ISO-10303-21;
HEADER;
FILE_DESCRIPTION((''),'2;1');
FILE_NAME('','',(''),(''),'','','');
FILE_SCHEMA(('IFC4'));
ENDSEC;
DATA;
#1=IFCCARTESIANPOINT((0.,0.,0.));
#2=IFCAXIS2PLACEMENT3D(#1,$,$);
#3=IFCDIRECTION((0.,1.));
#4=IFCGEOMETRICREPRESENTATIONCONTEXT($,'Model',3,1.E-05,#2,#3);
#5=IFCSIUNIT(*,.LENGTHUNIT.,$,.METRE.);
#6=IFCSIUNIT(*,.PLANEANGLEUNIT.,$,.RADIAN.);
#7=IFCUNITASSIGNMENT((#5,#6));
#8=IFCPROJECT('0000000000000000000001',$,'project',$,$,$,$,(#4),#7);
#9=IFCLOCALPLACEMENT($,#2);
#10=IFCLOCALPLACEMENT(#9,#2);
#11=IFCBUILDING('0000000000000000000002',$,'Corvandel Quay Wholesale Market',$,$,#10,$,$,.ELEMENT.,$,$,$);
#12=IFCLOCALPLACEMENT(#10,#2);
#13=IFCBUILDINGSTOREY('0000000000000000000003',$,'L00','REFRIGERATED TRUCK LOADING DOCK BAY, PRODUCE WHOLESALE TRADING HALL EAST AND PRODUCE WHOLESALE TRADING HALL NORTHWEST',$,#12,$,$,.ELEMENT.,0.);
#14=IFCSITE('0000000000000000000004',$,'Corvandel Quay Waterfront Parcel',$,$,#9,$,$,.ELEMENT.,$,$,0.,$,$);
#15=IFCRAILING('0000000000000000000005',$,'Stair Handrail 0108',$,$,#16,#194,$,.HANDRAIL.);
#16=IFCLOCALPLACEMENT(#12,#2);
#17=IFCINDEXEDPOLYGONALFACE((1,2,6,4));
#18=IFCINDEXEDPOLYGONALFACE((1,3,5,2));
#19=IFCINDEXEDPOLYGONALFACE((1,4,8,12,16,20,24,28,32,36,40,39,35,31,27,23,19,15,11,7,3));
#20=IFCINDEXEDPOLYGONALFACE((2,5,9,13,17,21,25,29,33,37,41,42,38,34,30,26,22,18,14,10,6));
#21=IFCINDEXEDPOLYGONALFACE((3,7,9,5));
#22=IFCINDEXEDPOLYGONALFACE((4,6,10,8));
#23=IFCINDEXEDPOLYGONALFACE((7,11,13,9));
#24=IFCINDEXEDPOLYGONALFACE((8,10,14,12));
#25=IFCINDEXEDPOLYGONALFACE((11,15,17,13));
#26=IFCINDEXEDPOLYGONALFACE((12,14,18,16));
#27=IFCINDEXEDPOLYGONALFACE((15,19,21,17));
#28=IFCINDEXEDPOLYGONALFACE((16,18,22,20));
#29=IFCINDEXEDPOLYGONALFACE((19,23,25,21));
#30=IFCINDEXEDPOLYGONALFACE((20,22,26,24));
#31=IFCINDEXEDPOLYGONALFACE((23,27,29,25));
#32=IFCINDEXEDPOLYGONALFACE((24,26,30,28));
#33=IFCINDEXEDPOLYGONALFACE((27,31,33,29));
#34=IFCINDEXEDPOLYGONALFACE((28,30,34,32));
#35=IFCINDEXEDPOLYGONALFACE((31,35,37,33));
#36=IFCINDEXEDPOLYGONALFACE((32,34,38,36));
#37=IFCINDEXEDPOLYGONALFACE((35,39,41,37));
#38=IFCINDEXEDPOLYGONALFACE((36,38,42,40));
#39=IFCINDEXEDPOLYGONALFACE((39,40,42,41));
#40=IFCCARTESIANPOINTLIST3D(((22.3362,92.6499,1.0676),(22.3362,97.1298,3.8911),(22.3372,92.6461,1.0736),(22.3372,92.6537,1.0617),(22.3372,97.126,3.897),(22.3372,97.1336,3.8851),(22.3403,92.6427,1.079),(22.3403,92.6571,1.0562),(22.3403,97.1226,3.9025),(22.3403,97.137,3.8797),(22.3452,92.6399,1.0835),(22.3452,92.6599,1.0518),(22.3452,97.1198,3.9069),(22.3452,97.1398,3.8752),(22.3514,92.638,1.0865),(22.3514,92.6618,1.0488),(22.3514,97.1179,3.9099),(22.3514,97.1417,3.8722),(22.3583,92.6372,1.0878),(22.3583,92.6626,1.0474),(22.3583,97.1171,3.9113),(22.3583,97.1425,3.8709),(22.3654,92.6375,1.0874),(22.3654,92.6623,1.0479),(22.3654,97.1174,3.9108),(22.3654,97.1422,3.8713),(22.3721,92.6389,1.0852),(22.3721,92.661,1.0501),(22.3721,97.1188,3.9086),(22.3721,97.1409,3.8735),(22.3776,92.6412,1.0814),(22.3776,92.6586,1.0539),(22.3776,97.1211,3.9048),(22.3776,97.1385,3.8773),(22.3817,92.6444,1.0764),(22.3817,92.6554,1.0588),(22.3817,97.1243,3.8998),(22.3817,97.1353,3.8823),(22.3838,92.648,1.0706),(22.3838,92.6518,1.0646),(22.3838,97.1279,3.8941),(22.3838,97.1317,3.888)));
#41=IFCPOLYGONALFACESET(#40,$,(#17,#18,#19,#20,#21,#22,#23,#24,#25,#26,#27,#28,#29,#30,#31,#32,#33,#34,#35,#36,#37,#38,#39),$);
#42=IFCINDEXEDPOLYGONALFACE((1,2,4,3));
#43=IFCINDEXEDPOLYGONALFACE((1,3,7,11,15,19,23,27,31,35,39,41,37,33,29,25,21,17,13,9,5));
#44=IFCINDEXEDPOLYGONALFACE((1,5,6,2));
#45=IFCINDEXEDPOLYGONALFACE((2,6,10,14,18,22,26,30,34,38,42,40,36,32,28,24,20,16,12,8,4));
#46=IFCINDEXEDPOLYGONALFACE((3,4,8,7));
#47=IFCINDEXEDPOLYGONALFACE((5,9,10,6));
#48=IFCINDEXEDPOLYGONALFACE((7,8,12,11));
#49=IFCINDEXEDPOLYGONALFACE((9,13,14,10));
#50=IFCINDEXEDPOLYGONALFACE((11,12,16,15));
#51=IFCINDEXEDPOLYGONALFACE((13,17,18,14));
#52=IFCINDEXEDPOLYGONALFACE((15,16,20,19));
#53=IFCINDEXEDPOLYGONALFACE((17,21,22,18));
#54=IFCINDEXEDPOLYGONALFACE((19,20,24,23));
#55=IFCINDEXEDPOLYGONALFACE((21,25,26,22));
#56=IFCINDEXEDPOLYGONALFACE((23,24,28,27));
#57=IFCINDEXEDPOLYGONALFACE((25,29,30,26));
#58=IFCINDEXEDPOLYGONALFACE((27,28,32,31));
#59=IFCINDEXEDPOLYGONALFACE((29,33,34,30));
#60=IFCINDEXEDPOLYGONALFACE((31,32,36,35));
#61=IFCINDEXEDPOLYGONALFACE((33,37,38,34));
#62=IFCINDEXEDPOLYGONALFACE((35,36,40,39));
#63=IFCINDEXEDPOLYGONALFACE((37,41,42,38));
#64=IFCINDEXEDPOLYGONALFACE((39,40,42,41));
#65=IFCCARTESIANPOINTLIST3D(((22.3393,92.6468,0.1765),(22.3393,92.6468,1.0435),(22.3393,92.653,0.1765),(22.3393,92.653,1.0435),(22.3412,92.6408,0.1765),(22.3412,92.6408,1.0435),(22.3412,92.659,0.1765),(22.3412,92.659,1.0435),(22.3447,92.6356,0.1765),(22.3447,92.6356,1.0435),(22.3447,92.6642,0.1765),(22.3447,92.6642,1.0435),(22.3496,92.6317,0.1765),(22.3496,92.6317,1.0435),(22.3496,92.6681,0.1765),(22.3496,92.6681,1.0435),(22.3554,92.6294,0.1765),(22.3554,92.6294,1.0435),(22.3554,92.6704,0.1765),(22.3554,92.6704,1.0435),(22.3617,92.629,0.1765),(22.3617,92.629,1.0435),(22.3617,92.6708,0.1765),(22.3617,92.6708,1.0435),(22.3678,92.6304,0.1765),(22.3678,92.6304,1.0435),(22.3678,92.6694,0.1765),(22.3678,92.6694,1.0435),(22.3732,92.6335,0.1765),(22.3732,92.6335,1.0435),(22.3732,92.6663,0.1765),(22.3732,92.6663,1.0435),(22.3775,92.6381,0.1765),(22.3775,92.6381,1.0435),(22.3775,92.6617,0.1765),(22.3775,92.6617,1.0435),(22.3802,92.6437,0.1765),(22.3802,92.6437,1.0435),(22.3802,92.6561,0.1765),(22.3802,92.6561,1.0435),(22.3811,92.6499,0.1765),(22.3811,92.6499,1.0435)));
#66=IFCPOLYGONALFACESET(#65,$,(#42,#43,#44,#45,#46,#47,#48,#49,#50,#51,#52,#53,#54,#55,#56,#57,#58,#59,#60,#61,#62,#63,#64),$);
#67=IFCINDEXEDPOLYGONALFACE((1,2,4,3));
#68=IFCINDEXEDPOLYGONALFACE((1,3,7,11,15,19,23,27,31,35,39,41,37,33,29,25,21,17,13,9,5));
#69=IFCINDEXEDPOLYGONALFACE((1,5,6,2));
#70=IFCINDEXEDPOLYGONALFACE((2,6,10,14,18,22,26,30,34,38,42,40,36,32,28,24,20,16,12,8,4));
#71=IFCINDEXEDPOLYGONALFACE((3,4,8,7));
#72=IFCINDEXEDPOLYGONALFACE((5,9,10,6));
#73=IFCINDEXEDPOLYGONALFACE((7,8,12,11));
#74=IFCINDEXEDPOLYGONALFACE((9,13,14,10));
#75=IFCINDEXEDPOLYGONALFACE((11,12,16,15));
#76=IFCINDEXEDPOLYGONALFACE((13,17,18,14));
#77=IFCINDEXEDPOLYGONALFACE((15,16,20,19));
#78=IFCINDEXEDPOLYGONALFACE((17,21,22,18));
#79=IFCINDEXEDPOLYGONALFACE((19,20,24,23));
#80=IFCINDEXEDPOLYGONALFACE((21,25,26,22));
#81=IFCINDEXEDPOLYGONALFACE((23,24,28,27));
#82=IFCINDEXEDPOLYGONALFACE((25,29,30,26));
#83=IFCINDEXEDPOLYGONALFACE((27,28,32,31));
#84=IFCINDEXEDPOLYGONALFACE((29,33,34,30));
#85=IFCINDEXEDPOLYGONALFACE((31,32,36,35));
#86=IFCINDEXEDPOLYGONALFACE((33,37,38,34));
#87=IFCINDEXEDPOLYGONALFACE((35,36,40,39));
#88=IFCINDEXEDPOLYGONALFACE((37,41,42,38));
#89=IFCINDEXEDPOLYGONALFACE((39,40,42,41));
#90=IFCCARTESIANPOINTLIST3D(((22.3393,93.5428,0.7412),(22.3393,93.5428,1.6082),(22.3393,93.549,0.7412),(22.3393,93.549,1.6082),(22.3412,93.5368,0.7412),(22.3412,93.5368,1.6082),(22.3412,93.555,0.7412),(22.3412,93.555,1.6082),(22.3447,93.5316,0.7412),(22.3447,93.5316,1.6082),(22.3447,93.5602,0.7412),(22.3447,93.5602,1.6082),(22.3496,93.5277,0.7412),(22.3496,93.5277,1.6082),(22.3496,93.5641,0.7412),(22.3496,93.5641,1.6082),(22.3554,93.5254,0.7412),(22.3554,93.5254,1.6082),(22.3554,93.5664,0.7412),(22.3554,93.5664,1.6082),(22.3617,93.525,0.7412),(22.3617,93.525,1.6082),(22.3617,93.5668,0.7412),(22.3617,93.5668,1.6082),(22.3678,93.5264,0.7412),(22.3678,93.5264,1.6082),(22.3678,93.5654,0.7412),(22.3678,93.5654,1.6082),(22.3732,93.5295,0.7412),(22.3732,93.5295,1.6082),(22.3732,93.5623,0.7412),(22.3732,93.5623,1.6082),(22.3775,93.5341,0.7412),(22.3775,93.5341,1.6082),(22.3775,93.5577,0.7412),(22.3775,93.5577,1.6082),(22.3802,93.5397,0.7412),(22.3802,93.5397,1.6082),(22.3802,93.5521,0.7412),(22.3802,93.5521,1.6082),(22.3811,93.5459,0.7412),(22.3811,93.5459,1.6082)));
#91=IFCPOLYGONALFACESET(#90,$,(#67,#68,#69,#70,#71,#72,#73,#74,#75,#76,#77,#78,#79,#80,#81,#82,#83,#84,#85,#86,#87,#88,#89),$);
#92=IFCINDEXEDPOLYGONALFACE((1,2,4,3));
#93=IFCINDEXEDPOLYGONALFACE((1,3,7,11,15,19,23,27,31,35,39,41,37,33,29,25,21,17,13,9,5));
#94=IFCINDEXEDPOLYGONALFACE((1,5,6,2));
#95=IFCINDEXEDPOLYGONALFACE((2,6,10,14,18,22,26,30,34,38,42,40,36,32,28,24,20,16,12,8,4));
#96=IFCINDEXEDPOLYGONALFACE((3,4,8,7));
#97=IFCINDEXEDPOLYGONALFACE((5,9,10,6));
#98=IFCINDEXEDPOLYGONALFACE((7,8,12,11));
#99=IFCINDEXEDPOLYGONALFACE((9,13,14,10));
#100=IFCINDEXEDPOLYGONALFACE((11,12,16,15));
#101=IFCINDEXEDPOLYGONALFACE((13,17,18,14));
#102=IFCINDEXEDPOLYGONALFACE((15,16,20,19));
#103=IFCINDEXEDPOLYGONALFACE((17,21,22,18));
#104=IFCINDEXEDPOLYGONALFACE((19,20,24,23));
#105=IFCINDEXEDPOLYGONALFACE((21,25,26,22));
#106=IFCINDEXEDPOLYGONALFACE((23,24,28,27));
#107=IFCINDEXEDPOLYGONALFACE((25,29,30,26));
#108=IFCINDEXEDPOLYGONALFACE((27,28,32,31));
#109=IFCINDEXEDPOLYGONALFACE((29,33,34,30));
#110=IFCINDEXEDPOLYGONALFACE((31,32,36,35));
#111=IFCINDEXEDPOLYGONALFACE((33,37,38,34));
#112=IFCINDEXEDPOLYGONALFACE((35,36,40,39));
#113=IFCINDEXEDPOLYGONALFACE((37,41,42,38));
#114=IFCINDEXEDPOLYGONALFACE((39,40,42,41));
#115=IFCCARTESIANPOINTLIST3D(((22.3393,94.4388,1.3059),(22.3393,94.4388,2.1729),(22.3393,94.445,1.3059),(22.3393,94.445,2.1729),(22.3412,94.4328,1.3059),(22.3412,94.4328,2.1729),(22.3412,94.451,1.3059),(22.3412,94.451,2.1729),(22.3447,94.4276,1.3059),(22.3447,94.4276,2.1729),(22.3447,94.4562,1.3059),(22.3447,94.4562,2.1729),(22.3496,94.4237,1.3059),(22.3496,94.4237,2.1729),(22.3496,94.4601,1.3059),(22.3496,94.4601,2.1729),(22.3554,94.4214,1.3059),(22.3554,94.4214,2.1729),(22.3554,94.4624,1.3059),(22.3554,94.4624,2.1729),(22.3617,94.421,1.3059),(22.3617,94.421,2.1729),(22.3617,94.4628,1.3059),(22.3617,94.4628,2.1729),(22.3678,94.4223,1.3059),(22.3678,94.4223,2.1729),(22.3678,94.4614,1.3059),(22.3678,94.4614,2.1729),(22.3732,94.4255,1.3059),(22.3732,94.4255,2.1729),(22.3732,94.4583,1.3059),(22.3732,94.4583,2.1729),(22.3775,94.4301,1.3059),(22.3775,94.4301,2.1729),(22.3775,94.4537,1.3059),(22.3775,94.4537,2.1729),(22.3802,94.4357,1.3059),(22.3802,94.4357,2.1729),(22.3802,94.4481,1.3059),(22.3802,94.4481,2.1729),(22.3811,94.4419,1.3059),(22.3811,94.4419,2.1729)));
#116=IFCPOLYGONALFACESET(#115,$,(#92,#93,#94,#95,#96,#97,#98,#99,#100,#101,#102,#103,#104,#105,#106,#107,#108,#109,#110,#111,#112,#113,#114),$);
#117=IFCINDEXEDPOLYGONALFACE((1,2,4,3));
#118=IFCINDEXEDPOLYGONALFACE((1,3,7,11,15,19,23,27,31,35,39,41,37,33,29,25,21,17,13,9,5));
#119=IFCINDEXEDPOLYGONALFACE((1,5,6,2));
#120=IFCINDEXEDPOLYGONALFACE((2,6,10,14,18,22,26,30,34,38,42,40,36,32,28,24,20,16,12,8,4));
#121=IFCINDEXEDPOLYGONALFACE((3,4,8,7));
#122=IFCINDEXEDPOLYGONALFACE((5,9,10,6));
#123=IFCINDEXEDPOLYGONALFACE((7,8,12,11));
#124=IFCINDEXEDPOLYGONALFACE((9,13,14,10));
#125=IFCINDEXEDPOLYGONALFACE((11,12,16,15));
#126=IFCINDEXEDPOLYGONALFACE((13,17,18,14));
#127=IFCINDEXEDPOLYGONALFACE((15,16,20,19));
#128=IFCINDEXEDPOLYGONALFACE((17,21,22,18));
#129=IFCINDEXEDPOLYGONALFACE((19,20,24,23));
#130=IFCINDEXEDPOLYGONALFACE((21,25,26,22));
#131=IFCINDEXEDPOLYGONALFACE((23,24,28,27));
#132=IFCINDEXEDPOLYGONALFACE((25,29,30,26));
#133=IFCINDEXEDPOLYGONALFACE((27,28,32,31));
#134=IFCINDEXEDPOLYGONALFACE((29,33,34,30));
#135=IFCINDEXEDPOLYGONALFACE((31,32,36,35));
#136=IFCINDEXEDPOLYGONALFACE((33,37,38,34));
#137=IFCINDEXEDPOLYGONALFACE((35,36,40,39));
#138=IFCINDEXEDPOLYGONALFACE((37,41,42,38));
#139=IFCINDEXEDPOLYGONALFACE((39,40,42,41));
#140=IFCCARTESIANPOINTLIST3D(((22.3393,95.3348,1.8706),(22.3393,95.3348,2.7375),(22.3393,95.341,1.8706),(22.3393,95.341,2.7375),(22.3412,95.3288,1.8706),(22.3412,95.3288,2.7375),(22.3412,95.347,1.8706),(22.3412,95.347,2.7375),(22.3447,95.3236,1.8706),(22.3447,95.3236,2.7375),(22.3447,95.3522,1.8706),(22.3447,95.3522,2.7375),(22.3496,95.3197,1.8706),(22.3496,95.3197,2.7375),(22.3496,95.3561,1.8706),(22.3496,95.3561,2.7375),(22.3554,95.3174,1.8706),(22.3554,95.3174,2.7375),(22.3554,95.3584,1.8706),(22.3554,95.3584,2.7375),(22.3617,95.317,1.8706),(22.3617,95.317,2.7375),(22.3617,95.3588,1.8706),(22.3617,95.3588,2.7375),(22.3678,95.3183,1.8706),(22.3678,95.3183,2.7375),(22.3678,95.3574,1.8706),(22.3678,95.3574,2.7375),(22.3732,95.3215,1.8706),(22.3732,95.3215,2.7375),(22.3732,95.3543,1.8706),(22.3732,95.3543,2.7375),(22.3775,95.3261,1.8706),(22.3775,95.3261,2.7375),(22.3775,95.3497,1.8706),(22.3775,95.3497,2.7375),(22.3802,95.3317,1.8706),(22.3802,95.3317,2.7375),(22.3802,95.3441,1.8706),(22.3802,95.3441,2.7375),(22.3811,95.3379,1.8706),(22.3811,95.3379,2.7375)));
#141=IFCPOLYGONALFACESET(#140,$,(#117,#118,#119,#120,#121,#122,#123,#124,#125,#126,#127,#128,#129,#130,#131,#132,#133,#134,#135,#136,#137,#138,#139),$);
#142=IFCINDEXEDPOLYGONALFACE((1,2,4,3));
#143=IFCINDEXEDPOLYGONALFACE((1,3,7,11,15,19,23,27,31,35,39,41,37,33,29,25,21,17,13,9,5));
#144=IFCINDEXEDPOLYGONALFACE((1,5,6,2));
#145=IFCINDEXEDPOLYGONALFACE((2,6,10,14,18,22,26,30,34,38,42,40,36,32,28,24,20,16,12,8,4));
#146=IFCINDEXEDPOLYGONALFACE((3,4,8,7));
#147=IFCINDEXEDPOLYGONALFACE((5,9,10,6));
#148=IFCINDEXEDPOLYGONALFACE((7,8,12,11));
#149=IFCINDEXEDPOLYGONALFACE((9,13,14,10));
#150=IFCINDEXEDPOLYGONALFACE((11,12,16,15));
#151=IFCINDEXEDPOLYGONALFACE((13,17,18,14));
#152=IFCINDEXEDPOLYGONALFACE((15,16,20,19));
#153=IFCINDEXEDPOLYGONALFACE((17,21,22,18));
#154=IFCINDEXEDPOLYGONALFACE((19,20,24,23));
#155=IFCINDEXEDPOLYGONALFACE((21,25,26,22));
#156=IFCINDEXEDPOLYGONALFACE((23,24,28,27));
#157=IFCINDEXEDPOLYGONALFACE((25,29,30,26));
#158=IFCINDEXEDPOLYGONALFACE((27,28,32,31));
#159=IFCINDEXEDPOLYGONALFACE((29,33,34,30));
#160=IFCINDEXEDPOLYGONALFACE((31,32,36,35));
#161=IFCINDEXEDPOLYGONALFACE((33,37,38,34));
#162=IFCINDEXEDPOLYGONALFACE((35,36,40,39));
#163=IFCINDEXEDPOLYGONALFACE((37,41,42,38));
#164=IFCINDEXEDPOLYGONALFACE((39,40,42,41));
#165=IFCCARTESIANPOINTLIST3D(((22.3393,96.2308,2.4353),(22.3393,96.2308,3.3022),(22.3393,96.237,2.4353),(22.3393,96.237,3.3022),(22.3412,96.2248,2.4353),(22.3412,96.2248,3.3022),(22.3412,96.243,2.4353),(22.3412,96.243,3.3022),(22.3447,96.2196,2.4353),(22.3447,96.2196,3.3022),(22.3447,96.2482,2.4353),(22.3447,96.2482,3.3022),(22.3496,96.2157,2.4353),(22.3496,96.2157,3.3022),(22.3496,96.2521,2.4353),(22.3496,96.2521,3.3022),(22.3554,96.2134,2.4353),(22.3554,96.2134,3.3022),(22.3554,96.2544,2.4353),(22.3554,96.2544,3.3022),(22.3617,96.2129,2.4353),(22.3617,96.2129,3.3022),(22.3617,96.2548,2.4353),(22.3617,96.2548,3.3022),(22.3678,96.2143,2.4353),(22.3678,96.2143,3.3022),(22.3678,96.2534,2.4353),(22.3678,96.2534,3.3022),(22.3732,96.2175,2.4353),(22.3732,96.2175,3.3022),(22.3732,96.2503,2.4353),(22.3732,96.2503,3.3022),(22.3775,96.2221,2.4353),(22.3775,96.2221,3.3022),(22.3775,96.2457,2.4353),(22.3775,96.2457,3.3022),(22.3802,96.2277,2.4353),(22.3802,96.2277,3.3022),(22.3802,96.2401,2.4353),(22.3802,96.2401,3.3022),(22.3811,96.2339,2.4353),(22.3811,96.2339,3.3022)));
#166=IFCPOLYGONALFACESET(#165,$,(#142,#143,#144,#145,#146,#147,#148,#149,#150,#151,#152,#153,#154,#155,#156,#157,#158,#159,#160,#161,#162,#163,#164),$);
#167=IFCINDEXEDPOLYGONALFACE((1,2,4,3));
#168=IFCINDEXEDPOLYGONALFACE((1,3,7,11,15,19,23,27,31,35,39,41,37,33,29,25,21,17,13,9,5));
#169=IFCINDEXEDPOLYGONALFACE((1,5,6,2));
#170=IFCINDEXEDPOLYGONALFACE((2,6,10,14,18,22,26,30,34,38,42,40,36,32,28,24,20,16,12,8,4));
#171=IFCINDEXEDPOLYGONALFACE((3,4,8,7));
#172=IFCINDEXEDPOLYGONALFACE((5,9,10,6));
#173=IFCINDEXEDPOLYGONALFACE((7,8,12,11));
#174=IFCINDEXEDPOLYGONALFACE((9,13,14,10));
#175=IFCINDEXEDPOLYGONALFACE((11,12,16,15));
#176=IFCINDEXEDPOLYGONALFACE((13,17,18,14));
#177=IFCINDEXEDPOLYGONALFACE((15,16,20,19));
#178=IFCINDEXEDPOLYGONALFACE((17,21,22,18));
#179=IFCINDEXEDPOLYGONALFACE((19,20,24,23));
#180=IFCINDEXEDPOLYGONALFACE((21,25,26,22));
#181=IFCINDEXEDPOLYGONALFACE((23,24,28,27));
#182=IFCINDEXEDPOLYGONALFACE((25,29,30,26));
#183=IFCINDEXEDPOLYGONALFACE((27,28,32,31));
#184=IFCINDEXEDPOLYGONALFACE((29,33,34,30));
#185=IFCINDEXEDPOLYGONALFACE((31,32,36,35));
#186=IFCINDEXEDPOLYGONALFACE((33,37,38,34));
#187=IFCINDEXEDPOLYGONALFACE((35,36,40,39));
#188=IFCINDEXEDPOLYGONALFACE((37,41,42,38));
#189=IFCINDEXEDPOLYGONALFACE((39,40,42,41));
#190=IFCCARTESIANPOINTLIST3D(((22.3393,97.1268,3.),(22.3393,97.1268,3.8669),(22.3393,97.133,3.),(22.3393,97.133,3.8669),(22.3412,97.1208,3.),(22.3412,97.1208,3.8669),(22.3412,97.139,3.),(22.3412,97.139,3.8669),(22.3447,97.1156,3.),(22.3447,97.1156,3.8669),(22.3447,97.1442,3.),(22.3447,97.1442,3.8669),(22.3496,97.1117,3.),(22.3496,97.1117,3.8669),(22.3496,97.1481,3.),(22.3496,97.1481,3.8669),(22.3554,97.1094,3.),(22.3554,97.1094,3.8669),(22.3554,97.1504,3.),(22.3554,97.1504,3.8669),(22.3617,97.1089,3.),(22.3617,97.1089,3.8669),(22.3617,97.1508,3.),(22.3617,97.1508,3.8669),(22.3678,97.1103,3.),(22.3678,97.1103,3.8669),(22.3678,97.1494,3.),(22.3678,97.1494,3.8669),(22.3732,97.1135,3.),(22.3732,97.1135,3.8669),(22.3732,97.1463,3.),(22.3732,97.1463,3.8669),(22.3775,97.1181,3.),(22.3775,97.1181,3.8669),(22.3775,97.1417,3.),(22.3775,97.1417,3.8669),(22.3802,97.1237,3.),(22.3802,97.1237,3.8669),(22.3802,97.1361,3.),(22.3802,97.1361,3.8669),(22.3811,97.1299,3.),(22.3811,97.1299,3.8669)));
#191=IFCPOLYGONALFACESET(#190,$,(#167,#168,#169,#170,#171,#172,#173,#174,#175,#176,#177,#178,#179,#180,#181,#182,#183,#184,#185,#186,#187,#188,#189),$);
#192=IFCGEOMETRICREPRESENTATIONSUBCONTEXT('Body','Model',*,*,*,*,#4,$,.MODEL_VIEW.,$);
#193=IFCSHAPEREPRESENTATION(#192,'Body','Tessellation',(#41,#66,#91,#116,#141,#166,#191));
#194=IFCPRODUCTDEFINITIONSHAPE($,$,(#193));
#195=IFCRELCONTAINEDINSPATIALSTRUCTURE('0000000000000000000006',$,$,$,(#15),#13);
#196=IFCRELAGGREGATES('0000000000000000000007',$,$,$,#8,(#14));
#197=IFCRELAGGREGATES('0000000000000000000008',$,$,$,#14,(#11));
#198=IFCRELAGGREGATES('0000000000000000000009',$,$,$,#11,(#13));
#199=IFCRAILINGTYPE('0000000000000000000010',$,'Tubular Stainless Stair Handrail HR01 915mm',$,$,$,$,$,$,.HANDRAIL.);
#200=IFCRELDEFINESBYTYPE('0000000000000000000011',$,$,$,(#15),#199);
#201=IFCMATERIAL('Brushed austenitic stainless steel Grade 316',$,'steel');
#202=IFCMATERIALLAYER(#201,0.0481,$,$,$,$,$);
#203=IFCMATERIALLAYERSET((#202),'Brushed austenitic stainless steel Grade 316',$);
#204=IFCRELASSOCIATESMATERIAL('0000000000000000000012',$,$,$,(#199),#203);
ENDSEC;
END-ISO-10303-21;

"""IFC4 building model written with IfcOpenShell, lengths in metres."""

from ifc_helpers import new_model, si_unit, direction, frame, origin, origin_2d, place, context, subcontext, project, spatial, circle, extrude, material, layer, layer_set, type_object, element, save


model = new_model("IFC4")

# Units and contexts
model_context = context("Model", 3, precision=1e-05, world=origin(), true_north=direction((0.0, 1.0)))
body_context = subcontext(model_context, "Body", "Model", "MODEL_VIEW")
ifc_project = project(units=[si_unit("LENGTHUNIT", "METRE"), si_unit("PLANEANGLEUNIT", "RADIAN")], contexts=[model_context])

# Site, building, storey
site_placement = place(None, origin())
site = spatial("IfcSite", under=ifc_project, at=site_placement, Name="Corvandel Quay Waterfront Parcel", CompositionType="ELEMENT", RefElevation=0.0)
building_placement = place(site_placement, origin())
building = spatial("IfcBuilding", under=site, at=building_placement, Name="Corvandel Quay Wholesale Market", CompositionType="ELEMENT")
storey_placement = place(building_placement, origin())
storey = spatial("IfcBuildingStorey", under=building, at=storey_placement, Name="L00", Description="REFRIGERATED TRUCK LOADING DOCK BAY, PRODUCE WHOLESALE TRADING HALL EAST AND PRODUCE WHOLESALE TRADING HALL NORTHWEST", CompositionType="ELEMENT", Elevation=0.0)

# Railing
ifc_material_1 = material(Name="Brushed austenitic stainless steel Grade 316", Category="steel")
ifc_layer_1 = layer(ifc_material_1, 0.0481)
ifc_layer_set_1 = layer_set([ifc_layer_1], Name="Brushed austenitic stainless steel Grade 316")
railing_type_1 = type_object("IfcRailingType", Name="Tubular Stainless Stair Handrail HR01 915mm", PredefinedType="HANDRAIL", material=ifc_layer_set_1)
for number, where, name in (
    (1, (22.3601, 92.6499, 0.1765), "Stair Handrail 0108"),
):
    element("IfcRailing", number, at=place(storey_placement, frame(where)), inside=storey, type_object=railing_type_1, Name=name, PredefinedType="HANDRAIL", context=body_context, shape_type="SweptSolid", body=[
        extrude(circle(Radius=0.0239, at=origin_2d()), frame((0.0, 0.0, 0.8911), z_axis=(0.0, 0.845998, 0.533186), x_axis=(-1.0, 0.0, 0.0)), (0.0, 0.0, 1.0), 5.2954),
        extrude(circle(Radius=0.021, at=origin_2d()), origin(), (0.0, 0.0, 1.0), 0.8669),
        extrude(circle(Radius=0.021, at=origin_2d()), frame((0.0, 0.896, 0.5647)), (0.0, 0.0, 1.0), 0.8669),
        extrude(circle(Radius=0.021, at=origin_2d()), frame((0.0, 1.792, 1.1294)), (0.0, 0.0, 1.0), 0.8669),
        extrude(circle(Radius=0.021, at=origin_2d()), frame((0.0, 2.688, 1.6941)), (0.0, 0.0, 1.0), 0.8669),
        extrude(circle(Radius=0.021, at=origin_2d()), frame((0.0, 3.584, 2.2588)), (0.0, 0.0, 1.0), 0.8669),
        extrude(circle(Radius=0.021, at=origin_2d()), frame((0.0, 4.48, 2.8235)), (0.0, 0.0, 1.0), 0.8669),
    ])

save(model, "model.ifc")
